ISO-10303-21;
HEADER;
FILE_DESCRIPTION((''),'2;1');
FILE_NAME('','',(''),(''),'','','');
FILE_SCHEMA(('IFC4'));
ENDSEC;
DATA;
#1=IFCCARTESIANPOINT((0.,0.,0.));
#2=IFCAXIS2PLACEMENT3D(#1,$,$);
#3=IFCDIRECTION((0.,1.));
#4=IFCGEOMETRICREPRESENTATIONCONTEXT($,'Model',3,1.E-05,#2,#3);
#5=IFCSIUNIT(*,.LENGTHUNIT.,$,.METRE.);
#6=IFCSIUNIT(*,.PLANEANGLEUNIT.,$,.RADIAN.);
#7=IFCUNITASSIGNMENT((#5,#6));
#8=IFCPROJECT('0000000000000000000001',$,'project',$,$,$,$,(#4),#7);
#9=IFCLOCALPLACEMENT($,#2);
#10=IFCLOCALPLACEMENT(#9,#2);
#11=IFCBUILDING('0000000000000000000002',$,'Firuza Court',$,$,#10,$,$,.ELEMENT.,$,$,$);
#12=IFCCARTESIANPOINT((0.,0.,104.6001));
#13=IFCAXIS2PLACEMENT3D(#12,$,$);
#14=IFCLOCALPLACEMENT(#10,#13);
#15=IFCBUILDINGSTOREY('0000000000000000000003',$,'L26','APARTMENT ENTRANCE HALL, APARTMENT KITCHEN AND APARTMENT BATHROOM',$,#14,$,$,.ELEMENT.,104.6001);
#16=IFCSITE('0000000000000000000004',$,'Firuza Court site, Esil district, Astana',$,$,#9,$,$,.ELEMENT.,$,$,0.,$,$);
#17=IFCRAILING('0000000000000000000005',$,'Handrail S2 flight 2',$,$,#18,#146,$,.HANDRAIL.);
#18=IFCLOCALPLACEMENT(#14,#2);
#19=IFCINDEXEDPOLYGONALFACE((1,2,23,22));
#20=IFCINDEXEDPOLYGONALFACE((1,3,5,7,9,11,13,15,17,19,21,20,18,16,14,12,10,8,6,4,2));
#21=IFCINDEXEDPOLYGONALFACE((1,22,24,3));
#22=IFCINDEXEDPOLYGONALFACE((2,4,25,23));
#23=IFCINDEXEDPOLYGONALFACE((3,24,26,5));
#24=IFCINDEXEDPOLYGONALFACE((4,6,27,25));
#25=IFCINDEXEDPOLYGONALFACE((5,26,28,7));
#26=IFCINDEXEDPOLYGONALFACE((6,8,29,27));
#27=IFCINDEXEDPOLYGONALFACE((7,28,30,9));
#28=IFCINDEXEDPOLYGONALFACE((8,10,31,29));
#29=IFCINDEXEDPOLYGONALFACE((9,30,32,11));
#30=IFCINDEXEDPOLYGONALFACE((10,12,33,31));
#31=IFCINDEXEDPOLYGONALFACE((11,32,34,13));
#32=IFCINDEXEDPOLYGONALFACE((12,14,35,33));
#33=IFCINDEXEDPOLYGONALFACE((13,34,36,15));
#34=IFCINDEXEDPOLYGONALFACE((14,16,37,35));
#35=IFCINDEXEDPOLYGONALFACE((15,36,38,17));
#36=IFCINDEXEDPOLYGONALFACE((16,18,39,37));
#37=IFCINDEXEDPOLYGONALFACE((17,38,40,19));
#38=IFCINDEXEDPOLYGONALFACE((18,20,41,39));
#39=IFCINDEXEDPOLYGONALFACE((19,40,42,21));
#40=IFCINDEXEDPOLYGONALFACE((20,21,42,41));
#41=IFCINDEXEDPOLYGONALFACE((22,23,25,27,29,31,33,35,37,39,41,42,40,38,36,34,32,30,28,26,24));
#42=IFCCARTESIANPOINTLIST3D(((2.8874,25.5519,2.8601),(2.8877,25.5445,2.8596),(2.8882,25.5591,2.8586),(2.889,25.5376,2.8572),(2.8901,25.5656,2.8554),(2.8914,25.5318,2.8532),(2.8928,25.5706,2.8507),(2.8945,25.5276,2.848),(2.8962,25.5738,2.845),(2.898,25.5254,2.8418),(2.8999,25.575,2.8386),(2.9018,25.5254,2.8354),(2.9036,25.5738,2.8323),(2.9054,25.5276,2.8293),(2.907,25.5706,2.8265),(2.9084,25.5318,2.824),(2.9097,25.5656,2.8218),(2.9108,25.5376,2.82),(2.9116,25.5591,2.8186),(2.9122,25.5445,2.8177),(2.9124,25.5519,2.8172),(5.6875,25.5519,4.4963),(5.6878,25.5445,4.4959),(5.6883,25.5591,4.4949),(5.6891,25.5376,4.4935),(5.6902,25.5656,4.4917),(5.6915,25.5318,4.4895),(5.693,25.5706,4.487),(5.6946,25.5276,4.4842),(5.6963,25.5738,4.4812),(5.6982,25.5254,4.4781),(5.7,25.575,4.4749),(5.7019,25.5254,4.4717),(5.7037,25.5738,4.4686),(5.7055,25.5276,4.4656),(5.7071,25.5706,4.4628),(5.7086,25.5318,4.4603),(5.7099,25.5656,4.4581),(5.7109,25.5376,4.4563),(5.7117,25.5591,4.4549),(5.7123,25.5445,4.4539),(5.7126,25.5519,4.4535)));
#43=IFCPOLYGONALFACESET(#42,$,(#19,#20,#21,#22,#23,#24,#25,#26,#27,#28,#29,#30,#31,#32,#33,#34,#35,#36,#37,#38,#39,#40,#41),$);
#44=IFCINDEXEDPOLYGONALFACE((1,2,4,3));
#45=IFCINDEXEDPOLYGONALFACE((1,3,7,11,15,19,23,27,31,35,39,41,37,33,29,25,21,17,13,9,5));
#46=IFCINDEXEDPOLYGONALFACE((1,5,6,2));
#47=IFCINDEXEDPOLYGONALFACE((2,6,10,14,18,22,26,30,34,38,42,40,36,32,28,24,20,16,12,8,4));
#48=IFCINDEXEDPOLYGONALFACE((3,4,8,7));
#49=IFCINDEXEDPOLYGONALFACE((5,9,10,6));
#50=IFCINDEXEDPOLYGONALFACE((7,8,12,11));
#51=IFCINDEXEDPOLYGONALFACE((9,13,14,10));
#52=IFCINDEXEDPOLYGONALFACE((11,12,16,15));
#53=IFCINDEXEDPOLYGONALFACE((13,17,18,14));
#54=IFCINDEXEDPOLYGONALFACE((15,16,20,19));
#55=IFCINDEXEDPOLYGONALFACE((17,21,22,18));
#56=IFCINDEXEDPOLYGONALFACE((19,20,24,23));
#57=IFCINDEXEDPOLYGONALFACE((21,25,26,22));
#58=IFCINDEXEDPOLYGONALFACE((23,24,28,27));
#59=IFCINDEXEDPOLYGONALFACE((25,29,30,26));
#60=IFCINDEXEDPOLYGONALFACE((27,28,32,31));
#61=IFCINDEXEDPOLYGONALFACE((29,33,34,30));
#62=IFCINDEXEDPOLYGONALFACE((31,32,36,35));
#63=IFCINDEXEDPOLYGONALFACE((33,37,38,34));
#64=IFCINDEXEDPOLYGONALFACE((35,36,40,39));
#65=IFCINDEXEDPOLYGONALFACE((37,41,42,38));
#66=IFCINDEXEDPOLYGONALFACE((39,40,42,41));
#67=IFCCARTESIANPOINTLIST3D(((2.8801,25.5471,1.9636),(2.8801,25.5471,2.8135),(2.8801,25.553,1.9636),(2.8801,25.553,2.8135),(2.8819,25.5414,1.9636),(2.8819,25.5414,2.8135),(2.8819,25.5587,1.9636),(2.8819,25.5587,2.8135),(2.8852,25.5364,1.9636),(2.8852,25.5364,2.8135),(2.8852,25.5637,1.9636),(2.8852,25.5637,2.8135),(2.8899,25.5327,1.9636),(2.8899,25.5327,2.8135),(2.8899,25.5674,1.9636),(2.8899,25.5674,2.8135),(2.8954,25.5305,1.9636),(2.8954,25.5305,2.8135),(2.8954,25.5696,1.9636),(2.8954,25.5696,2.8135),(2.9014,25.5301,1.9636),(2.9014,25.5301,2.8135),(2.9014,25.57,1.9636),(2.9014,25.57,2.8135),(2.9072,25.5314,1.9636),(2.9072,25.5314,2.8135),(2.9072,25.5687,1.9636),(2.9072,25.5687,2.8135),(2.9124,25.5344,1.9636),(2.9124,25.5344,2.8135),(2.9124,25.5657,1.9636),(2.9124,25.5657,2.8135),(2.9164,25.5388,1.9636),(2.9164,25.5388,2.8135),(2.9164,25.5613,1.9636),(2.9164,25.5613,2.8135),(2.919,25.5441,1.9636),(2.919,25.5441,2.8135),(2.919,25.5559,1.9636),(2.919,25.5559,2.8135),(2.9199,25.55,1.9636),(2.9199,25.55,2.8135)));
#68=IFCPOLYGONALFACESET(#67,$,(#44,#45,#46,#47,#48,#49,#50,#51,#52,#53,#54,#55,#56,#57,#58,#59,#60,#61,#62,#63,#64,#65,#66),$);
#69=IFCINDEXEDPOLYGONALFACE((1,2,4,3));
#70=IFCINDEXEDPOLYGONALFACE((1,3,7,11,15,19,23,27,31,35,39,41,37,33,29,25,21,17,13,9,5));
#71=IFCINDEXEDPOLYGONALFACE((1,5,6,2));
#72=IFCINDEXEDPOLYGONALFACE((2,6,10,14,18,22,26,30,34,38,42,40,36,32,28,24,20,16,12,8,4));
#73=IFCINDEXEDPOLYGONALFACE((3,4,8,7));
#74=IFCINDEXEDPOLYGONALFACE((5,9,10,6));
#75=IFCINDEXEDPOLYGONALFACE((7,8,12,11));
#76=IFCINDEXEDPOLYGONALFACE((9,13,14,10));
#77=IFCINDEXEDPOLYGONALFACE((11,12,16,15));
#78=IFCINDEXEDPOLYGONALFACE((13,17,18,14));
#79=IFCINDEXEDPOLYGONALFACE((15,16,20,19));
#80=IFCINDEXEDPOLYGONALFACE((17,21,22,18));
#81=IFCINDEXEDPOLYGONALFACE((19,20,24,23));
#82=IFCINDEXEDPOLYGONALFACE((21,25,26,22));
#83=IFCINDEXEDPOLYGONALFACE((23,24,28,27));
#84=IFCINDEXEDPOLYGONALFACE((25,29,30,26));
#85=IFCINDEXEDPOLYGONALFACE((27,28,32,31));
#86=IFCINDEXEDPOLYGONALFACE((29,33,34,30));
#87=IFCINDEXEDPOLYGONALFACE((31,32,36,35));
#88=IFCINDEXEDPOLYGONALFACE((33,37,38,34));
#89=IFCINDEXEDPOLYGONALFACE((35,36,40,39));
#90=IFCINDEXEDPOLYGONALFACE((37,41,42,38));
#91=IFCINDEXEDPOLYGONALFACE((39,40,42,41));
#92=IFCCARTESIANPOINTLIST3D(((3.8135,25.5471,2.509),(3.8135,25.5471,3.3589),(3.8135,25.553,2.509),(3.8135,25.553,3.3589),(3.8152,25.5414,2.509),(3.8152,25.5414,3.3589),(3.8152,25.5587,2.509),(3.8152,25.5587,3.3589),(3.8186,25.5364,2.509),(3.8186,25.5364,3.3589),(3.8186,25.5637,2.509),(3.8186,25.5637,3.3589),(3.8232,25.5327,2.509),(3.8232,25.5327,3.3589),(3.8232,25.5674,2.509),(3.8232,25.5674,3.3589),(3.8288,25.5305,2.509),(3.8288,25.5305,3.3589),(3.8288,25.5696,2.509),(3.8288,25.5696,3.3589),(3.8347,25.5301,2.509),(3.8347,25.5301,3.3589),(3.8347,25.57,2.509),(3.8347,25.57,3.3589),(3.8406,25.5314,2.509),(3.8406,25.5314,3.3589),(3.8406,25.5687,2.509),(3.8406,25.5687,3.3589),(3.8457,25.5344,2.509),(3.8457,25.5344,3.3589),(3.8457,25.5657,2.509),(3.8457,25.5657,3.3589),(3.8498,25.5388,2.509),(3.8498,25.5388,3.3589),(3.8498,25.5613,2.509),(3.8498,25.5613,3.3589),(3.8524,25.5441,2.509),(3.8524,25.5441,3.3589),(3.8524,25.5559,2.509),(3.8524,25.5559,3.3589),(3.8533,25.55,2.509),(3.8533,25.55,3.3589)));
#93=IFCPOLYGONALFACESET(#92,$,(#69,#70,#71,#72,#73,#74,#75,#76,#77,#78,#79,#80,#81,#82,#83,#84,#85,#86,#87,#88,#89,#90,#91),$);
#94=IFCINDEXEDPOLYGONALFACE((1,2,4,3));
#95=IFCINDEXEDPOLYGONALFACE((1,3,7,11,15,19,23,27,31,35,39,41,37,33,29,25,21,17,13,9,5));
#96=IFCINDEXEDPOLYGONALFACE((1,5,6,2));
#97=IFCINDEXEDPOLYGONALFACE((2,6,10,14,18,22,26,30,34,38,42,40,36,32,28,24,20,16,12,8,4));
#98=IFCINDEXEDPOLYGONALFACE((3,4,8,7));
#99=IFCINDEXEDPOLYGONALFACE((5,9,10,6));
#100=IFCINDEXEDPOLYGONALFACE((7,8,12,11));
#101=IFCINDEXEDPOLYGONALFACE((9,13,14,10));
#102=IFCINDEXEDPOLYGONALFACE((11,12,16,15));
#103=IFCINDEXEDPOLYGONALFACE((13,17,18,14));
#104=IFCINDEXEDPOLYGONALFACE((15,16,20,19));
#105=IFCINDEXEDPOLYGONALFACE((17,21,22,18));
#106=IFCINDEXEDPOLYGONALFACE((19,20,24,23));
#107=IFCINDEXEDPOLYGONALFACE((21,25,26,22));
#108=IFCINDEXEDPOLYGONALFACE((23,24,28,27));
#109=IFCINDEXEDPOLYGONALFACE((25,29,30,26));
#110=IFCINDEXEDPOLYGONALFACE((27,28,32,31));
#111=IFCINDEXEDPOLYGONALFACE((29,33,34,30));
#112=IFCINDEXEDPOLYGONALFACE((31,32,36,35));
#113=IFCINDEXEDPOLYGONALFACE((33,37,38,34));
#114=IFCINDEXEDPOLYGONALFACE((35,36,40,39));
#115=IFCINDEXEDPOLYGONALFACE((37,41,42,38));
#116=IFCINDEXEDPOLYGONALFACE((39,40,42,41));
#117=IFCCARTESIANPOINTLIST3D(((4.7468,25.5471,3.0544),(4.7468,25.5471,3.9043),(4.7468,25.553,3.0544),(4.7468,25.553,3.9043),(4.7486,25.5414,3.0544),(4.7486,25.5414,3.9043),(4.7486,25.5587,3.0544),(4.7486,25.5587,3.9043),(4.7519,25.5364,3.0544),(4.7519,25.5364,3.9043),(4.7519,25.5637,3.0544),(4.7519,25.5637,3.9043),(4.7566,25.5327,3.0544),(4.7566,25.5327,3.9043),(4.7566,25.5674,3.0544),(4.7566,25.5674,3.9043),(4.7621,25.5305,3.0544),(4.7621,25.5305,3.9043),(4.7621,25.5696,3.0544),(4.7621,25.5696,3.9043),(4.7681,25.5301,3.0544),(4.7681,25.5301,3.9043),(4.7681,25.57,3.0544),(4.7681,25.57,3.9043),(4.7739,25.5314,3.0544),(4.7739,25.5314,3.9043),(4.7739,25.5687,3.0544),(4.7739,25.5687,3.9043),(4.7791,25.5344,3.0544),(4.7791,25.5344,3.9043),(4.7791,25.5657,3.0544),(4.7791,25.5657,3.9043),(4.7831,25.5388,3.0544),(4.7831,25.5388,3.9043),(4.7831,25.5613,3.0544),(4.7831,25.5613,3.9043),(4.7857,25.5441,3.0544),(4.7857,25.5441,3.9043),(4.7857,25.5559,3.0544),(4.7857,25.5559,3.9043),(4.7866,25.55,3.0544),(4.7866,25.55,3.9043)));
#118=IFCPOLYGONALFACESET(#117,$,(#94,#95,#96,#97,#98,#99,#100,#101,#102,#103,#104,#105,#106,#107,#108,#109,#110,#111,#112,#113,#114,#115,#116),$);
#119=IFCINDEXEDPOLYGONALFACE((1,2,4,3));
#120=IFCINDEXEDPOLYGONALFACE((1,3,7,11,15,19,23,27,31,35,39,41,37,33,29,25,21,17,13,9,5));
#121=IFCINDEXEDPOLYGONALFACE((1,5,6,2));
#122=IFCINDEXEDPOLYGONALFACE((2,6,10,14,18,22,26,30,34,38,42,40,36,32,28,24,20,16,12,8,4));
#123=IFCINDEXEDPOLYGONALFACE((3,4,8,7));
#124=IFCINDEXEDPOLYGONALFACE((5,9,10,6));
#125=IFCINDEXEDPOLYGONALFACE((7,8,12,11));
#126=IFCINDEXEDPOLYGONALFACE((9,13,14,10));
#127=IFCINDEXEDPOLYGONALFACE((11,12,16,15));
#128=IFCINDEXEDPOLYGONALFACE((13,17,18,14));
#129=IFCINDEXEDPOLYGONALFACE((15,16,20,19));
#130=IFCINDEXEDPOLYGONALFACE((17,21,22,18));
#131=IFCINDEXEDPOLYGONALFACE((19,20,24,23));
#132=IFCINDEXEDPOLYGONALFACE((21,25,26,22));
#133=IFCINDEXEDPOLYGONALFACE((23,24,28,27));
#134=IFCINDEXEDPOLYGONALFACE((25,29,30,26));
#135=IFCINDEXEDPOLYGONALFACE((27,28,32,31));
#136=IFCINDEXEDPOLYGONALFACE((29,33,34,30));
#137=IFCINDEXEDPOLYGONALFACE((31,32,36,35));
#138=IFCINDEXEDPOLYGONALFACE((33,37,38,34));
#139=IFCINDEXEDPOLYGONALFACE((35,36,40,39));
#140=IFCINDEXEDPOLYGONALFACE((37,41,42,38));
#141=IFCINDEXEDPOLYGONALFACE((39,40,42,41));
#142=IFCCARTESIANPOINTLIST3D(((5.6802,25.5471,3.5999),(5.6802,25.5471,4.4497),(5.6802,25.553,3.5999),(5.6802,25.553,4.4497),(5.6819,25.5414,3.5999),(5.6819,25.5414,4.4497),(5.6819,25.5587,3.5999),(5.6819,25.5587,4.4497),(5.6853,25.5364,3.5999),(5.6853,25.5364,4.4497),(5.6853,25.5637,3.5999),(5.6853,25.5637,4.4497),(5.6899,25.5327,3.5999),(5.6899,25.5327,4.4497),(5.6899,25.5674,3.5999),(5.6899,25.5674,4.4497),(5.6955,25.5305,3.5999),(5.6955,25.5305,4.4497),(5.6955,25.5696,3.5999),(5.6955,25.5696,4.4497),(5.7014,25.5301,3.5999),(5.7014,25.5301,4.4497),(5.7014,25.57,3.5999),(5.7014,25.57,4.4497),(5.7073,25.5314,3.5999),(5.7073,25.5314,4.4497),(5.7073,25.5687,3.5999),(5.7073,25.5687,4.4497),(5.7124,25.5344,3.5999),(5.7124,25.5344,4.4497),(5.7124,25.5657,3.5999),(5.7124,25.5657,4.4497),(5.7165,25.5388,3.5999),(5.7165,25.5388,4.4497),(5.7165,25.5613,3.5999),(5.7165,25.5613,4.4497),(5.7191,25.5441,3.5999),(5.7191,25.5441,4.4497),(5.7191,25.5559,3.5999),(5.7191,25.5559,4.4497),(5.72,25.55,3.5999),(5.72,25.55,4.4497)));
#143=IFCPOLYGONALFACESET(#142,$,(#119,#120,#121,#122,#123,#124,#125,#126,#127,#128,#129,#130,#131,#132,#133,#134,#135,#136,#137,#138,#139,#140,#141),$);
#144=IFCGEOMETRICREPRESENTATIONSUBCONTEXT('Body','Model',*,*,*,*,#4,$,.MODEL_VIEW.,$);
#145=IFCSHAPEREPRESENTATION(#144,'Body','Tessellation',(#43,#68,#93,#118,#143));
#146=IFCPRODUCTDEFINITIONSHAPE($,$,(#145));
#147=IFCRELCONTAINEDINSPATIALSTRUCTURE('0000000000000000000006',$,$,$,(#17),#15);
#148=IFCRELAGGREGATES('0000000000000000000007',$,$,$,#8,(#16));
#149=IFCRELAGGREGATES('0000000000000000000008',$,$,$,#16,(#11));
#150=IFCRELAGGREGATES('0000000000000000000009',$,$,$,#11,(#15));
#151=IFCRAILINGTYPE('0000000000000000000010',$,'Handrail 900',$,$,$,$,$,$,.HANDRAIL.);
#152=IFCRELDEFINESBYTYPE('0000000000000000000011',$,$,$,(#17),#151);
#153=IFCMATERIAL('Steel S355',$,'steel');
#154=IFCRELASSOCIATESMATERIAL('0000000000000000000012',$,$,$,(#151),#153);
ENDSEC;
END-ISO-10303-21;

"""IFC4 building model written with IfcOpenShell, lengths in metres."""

from ifc_helpers import new_model, si_unit, direction, frame, origin, origin_2d, place, context, subcontext, project, spatial, circle, extrude, material, type_object, element, save


model = new_model("IFC4")

# Units and contexts
model_context = context("Model", 3, precision=1e-05, world=origin(), true_north=direction((0.0, 1.0)))
body_context = subcontext(model_context, "Body", "Model", "MODEL_VIEW")
ifc_project = project(units=[si_unit("LENGTHUNIT", "METRE"), si_unit("PLANEANGLEUNIT", "RADIAN")], contexts=[model_context])

# Site, building, storey
site_placement = place(None, origin())
site = spatial("IfcSite", under=ifc_project, at=site_placement, Name="Firuza Court site, Esil district, Astana", CompositionType="ELEMENT", RefElevation=0.0)
building_placement = place(site_placement, origin())
building = spatial("IfcBuilding", under=site, at=building_placement, Name="Firuza Court", CompositionType="ELEMENT")
storey_placement = place(building_placement, frame((0.0, 0.0, 104.6001)))
storey = spatial("IfcBuildingStorey", under=building, at=storey_placement, Name="L26", Description="APARTMENT ENTRANCE HALL, APARTMENT KITCHEN AND APARTMENT BATHROOM", CompositionType="ELEMENT", Elevation=104.6001)

# Railing
ifc_material_1 = material(Name="Steel S355", Category="steel")
railing_type_1 = type_object("IfcRailingType", Name="Handrail 900", PredefinedType="HANDRAIL", material=ifc_material_1)
railing_1_placement = place(storey_placement, frame((2.8999, 25.55, 1.9636)))
element("IfcRailing", 1, at=railing_1_placement, inside=storey, type_object=railing_type_1, Name="Handrail S2 flight 2", PredefinedType="HANDRAIL", context=body_context, shape_type="SweptSolid", body=[
    extrude(circle(Radius=0.0249, at=origin_2d()), frame((0.0, 0.0, 0.875), z_axis=(0.863394, 0.0, 0.504531), x_axis=(0.0, 1.0, 0.0)), (0.0, 0.0, 1.0), 3.2432),
    extrude(circle(Radius=0.02, at=origin_2d()), origin(), (0.0, 0.0, 1.0), 0.8499),
    extrude(circle(Radius=0.02, at=origin_2d()), frame((0.9333, 0.0, 0.5454)), (0.0, 0.0, 1.0), 0.8499),
    extrude(circle(Radius=0.02, at=origin_2d()), frame((1.8667, 0.0, 1.0908)), (0.0, 0.0, 1.0), 0.8499),
    extrude(circle(Radius=0.02, at=origin_2d()), frame((2.8, 0.0, 1.6362)), (0.0, 0.0, 1.0), 0.8499),
])

save(model, "model.ifc")
